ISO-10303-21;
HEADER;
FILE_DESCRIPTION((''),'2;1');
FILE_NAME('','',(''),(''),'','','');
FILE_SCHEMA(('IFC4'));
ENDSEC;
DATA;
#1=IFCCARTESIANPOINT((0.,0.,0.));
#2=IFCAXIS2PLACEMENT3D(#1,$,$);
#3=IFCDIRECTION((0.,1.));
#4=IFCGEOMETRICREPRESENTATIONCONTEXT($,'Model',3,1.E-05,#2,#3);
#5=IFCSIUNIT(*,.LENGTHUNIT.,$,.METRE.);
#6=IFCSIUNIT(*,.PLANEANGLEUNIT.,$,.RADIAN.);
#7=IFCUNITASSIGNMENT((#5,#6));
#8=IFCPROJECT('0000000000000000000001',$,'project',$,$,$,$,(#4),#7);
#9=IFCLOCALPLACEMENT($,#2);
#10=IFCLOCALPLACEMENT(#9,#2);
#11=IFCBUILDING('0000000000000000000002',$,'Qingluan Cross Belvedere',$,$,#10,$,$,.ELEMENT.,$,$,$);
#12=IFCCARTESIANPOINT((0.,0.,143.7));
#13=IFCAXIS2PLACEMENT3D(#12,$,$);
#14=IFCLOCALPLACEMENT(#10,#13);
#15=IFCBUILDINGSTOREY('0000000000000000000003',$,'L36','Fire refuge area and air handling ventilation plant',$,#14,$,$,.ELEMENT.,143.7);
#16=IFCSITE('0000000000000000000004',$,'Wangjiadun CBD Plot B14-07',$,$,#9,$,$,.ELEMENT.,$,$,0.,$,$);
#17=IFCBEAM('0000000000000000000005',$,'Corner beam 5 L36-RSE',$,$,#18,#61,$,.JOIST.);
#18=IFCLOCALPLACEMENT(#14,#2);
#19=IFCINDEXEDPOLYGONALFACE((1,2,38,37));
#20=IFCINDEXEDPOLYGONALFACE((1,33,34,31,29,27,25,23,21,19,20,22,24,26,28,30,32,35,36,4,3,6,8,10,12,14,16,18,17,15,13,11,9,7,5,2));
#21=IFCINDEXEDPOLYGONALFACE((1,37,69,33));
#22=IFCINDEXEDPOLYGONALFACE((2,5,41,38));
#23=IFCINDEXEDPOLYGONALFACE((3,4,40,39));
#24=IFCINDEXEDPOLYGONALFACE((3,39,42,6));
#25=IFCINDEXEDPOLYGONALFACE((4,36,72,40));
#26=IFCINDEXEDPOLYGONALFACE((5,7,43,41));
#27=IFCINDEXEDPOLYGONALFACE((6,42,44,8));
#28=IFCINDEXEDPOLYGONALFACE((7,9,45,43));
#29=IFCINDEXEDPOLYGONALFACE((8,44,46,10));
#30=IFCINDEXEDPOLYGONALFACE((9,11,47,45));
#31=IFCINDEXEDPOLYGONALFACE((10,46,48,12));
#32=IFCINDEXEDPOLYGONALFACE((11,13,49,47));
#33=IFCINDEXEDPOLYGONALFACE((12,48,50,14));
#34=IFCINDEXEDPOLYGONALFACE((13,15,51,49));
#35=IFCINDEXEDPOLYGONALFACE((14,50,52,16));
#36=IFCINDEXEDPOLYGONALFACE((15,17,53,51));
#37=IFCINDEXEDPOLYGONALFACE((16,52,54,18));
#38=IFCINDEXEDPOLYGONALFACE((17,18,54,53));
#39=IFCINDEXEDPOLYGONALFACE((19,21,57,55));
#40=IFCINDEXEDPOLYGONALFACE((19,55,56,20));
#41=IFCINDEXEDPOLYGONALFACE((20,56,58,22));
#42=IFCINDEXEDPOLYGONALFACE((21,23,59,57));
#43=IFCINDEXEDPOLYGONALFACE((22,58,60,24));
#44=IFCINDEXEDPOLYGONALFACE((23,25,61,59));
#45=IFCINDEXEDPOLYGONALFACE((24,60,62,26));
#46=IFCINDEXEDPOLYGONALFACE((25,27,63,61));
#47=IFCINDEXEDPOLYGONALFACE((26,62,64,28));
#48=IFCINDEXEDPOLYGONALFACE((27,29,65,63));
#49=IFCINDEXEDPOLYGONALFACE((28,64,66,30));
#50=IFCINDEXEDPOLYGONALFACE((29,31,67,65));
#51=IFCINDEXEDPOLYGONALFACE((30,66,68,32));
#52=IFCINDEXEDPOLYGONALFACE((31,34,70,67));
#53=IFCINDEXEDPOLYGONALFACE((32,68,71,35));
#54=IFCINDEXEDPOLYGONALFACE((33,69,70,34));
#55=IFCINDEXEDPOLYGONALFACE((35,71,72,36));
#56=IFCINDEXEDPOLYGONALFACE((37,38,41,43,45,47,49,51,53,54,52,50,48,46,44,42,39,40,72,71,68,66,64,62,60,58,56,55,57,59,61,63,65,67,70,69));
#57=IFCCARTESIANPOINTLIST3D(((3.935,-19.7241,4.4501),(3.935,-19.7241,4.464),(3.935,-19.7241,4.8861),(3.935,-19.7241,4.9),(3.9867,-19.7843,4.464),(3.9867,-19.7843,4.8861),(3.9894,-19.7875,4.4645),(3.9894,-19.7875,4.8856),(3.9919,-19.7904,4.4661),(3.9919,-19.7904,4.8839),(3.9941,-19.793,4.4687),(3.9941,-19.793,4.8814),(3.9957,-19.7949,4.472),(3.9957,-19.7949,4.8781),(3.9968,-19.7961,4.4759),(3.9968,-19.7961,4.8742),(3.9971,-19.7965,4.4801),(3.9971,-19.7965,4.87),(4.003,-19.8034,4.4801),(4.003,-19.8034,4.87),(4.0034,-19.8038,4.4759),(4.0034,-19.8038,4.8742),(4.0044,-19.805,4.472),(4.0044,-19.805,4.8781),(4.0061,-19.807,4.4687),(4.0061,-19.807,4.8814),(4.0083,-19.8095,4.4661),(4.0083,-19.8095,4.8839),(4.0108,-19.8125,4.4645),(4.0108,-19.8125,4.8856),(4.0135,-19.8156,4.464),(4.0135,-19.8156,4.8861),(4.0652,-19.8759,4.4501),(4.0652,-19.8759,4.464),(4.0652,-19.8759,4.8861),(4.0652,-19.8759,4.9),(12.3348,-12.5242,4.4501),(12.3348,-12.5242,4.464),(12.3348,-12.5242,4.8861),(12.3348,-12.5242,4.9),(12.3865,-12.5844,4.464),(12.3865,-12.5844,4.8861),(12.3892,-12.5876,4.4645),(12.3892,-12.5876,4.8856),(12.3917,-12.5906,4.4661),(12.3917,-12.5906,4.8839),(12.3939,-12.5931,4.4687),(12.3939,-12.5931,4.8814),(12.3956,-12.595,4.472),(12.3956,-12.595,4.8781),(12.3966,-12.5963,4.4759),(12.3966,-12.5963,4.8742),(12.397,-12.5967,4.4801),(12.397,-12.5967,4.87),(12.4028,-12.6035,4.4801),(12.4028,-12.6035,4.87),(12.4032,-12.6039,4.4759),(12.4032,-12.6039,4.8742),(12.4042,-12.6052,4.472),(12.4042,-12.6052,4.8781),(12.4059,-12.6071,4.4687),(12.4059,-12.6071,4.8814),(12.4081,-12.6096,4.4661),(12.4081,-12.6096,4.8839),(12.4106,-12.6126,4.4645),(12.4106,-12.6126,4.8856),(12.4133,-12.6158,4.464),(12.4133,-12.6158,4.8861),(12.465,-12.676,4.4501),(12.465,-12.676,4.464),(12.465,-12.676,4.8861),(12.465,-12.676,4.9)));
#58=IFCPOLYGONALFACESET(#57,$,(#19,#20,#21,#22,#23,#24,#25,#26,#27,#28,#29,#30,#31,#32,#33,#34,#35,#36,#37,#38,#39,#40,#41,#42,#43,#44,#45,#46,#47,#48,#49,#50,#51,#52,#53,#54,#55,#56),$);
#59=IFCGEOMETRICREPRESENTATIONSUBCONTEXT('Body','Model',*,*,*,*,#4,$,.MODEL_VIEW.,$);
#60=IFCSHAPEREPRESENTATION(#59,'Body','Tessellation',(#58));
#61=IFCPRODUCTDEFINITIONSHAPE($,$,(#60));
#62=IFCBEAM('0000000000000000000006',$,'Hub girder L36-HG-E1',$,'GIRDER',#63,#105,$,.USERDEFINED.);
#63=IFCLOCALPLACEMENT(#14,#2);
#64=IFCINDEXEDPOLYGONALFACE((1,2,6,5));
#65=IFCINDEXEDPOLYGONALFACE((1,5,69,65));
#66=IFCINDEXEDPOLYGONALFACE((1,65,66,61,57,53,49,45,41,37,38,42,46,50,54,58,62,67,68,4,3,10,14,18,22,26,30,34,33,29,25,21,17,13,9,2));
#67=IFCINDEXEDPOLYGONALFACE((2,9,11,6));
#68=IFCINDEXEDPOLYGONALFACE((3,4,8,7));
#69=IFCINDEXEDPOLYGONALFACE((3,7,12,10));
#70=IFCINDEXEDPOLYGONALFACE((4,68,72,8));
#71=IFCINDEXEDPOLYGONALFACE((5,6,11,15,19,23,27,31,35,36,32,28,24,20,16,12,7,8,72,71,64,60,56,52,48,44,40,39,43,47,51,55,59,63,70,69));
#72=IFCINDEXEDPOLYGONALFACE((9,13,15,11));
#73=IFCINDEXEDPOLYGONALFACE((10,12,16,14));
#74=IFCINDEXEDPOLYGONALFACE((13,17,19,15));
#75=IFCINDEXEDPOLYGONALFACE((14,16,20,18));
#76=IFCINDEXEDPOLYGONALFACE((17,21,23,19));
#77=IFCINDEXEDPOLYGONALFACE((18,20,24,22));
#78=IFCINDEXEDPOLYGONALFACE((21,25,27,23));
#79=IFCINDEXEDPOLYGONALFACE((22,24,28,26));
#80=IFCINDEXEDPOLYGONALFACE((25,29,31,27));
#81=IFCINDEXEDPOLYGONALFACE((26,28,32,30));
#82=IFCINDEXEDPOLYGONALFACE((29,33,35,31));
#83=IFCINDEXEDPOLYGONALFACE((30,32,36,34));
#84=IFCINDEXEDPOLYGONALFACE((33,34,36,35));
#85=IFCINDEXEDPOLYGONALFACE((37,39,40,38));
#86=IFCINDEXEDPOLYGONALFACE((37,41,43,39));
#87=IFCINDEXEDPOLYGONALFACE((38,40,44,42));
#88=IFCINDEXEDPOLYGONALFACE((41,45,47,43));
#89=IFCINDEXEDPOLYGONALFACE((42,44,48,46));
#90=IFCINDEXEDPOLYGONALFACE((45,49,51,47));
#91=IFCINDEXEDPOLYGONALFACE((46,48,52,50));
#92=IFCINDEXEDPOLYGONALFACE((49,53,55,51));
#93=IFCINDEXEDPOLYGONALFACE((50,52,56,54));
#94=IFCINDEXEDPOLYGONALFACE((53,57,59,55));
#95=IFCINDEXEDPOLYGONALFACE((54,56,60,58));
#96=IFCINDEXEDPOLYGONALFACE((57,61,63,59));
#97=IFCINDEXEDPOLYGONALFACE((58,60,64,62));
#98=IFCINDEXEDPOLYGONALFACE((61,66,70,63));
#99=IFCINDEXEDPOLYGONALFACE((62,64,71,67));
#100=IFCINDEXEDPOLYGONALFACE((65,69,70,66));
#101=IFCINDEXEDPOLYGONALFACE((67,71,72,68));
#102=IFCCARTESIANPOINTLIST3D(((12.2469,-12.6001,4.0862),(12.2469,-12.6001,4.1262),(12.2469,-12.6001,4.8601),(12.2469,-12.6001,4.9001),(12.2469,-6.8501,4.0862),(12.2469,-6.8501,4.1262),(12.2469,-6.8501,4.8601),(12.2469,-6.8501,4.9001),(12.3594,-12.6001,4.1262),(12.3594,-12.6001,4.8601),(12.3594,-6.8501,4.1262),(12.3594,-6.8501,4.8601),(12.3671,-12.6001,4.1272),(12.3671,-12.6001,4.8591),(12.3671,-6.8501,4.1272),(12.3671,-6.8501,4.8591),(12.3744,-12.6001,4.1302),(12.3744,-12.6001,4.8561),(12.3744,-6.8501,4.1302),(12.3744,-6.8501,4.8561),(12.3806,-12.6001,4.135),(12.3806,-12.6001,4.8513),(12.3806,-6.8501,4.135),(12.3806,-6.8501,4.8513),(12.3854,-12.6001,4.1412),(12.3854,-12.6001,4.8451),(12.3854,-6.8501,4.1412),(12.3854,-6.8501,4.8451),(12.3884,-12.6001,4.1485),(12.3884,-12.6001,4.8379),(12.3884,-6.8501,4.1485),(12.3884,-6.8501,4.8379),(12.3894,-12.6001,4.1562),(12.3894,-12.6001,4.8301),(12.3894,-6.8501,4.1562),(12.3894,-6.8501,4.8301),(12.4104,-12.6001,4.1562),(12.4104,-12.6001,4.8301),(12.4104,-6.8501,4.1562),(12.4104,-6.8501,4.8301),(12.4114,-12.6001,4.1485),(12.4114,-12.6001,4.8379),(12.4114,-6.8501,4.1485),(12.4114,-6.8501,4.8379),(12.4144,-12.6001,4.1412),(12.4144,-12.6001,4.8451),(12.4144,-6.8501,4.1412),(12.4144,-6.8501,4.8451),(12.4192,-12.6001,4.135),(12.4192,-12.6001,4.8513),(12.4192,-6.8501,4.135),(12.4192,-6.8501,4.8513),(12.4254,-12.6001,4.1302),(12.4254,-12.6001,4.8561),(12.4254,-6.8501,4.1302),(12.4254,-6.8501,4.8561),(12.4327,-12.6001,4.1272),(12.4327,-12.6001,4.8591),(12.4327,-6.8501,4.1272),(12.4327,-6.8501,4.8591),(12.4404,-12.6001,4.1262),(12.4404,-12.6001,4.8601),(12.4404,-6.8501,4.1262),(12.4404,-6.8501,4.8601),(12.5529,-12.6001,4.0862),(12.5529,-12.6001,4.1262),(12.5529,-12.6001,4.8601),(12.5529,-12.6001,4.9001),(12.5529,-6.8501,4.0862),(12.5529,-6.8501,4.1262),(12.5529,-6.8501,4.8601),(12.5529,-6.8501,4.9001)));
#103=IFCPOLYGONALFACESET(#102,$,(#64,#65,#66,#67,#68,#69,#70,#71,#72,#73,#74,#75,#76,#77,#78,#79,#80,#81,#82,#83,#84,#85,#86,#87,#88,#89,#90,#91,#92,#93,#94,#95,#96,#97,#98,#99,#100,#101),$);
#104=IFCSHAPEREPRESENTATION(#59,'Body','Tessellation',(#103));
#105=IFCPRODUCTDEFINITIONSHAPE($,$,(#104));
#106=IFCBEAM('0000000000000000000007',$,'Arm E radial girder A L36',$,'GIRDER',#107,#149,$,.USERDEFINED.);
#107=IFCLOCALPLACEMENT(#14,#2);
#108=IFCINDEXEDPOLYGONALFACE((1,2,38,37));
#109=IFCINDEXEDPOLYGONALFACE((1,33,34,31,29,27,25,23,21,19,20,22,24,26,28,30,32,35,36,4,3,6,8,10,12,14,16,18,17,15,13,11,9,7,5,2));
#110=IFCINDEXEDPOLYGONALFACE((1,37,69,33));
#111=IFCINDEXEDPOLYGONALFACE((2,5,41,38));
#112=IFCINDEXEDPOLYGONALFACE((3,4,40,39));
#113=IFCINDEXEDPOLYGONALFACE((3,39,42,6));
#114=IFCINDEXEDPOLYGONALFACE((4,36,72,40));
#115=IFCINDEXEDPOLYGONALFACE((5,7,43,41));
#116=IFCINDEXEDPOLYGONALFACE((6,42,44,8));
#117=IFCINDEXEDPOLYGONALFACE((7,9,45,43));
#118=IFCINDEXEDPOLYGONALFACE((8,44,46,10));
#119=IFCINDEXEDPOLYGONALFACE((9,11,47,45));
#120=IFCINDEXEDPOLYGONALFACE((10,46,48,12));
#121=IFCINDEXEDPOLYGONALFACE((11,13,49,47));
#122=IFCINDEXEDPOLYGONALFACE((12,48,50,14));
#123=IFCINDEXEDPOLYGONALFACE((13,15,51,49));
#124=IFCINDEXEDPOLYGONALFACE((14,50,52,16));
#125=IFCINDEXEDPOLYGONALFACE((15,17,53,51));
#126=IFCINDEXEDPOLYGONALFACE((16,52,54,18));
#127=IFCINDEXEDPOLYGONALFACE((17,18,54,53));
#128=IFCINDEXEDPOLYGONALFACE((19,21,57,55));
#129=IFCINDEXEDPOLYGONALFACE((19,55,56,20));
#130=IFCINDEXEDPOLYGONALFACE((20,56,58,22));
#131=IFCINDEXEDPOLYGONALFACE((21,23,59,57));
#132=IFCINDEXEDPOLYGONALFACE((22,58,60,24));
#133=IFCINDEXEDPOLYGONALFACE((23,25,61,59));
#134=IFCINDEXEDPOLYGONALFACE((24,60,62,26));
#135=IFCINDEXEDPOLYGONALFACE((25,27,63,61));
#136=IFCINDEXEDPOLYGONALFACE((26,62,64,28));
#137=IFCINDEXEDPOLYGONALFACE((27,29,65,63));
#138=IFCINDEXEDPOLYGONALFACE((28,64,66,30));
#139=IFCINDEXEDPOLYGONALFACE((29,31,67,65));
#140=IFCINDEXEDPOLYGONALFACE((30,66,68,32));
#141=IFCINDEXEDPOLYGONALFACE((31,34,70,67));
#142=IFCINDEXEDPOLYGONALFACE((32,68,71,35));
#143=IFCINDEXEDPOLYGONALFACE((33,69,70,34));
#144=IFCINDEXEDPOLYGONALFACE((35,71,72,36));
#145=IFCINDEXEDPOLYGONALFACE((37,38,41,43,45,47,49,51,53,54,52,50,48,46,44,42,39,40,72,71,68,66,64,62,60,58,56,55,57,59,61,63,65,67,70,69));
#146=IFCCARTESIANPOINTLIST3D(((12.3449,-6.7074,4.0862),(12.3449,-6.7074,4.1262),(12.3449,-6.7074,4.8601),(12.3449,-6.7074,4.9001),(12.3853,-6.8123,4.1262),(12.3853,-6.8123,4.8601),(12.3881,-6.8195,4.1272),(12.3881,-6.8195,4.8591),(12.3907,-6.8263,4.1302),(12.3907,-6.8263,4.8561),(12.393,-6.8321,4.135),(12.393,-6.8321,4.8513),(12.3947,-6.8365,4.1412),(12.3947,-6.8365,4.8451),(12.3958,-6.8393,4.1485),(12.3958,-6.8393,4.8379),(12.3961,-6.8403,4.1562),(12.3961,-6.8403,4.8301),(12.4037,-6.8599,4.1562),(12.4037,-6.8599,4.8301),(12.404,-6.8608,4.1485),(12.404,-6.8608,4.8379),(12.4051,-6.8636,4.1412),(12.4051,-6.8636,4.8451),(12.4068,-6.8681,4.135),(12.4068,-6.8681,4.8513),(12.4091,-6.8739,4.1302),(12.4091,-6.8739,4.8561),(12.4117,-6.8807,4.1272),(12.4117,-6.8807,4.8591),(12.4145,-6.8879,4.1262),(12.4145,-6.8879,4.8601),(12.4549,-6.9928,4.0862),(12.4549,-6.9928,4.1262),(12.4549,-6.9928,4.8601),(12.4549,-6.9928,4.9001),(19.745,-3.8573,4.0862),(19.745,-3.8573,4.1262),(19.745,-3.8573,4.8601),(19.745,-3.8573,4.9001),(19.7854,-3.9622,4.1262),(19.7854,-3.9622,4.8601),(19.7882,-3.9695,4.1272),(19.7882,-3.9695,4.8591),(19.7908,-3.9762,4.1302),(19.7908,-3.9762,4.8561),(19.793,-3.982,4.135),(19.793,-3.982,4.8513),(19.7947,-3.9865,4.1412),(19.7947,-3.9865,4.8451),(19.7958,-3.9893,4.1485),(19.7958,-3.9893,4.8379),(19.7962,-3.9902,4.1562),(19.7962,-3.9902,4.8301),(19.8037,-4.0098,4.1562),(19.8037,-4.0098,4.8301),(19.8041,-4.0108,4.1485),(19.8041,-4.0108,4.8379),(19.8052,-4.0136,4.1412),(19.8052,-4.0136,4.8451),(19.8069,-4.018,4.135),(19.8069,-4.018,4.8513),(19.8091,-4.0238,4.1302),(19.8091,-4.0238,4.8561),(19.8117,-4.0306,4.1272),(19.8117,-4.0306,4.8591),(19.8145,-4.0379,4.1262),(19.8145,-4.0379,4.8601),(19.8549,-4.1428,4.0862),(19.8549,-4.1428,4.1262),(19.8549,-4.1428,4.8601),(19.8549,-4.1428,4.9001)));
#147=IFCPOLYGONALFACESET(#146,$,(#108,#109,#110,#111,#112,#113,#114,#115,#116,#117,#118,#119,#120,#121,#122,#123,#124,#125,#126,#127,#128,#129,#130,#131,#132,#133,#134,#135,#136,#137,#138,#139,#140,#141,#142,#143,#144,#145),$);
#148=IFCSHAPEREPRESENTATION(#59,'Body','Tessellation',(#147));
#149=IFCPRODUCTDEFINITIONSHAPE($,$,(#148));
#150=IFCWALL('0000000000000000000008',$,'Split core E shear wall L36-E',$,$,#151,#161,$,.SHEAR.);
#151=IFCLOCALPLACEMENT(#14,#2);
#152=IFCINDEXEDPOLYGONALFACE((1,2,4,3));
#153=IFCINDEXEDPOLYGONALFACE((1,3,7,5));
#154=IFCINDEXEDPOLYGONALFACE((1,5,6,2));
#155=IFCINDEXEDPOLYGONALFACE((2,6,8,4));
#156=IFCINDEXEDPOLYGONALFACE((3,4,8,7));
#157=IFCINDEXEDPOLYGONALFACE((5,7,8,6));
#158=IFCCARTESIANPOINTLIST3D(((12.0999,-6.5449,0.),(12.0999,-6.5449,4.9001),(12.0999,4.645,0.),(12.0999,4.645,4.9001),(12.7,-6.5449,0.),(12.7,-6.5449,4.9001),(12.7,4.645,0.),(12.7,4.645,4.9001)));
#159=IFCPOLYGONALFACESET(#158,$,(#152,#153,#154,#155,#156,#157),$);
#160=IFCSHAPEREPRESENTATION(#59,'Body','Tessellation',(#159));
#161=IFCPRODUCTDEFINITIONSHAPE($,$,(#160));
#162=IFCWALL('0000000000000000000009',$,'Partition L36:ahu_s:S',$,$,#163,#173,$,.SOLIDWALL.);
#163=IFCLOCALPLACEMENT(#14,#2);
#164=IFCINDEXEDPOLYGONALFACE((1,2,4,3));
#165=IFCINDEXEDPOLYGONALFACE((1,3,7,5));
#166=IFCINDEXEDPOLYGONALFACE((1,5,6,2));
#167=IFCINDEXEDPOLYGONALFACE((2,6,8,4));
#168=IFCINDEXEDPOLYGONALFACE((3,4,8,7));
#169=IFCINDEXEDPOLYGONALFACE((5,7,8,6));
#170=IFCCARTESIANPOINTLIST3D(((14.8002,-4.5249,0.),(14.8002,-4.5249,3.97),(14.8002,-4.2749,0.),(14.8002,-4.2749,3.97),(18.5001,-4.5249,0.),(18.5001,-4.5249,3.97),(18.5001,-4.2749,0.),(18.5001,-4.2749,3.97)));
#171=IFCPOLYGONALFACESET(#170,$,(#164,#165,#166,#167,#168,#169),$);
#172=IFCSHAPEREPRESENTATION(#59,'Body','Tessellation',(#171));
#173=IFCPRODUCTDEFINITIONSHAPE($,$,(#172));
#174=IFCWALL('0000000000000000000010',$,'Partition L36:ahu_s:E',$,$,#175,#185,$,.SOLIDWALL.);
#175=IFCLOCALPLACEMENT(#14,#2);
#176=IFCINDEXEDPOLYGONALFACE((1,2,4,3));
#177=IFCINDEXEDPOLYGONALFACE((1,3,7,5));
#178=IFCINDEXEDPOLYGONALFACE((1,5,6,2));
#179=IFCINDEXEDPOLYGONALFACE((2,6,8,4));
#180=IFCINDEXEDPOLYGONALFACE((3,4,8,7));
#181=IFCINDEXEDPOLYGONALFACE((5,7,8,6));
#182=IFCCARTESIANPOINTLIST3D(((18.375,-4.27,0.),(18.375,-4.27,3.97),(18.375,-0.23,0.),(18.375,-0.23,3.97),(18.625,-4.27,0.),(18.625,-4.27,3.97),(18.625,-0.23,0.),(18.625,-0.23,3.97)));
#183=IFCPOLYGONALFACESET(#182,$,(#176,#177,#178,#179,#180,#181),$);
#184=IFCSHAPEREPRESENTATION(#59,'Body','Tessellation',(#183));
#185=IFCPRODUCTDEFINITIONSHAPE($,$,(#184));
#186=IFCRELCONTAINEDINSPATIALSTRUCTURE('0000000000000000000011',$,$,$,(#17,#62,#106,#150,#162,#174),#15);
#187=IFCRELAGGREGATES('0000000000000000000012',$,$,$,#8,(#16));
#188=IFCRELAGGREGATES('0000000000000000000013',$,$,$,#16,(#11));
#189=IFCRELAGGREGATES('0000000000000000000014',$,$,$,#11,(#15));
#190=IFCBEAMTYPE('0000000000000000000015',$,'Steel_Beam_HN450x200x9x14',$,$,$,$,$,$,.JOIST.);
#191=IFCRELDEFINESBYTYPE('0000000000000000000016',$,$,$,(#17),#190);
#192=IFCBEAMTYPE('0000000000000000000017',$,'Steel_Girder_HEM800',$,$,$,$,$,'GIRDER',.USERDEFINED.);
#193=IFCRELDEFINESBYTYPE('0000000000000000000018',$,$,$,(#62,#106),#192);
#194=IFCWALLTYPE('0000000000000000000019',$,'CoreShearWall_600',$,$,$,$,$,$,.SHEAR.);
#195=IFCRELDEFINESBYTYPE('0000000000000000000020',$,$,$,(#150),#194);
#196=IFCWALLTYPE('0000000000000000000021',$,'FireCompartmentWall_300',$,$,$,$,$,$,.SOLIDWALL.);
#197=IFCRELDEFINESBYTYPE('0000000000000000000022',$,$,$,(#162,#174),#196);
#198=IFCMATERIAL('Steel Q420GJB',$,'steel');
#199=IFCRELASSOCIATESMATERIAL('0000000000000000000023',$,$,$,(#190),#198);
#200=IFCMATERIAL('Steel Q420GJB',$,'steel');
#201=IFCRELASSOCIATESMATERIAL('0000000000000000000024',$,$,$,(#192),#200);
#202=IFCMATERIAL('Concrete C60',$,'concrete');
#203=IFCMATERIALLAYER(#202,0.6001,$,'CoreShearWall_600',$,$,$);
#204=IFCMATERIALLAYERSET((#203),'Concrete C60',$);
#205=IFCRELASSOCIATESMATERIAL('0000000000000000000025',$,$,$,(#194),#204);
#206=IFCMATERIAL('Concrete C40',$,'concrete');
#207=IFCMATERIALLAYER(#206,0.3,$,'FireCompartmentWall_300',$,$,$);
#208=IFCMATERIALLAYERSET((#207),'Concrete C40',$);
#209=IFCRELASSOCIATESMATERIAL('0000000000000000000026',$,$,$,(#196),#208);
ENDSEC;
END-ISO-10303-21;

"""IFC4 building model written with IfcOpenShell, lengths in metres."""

from ifc_helpers import new_model, si_unit, direction, frame, frame_2d, origin, origin_2d, place, context, subcontext, project, spatial, rectangle, i_section, extrude, material, layer, layer_set, material_profile, profile_set, type_object, element, save


model = new_model("IFC4")

# Units and contexts
model_context = context("Model", 3, precision=1e-05, world=origin(), true_north=direction((0.0, 1.0)))
body_context = subcontext(model_context, "Body", "Model", "MODEL_VIEW")
ifc_project = project(units=[si_unit("LENGTHUNIT", "METRE"), si_unit("PLANEANGLEUNIT", "RADIAN")], contexts=[model_context])

# Site, building, storey
site_placement = place(None, origin())
site = spatial("IfcSite", under=ifc_project, at=site_placement, Name="Wangjiadun CBD Plot B14-07", CompositionType="ELEMENT", RefElevation=0.0)
building_placement = place(site_placement, origin())
building = spatial("IfcBuilding", under=site, at=building_placement, Name="Qingluan Cross Belvedere", CompositionType="ELEMENT")
storey_placement = place(building_placement, frame((0.0, 0.0, 143.7)))
storey = spatial("IfcBuildingStorey", under=building, at=storey_placement, Name="L36", Description="Fire refuge area and air handling ventilation plant", CompositionType="ELEMENT", Elevation=143.7)

# Beams
ifc_material_1 = material(Name="Steel Q420GJB", Category="steel")
ifc_material_profile_1 = material_profile(ifc_material_1, i_section(OverallWidth=0.2, OverallDepth=0.45, WebThickness=0.009, FlangeThickness=0.0139, FilletRadius=0.0161, at=origin_2d()), Name="HN450x200x9x14")
ifc_profile_set_1 = profile_set([ifc_material_profile_1], Name="Steel Q420GJB")
beam_type_1 = type_object("IfcBeamType", Name="Steel_Beam_HN450x200x9x14", PredefinedType="JOIST", material=ifc_profile_set_1)
beam_1_placement = place(storey_placement, frame((12.3999, -12.6001, 4.675), z_axis=(-0.759255, -0.650793, 0.0), x_axis=(0.650793, -0.759255, 0.0)))
element("IfcBeam", 1, at=beam_1_placement, inside=storey, type_object=beam_type_1, Name="Corner beam 5 L36-RSE", PredefinedType="JOIST", context=body_context, shape_type="SweptSolid", body=[
    extrude(i_section(OverallWidth=0.2, OverallDepth=0.45, WebThickness=0.009, FlangeThickness=0.0139, FilletRadius=0.0161, at=origin_2d()), origin(), (0.0, 0.0, 1.0), 11.0632),
])
ifc_material_2 = material(Name="Steel Q420GJB", Category="steel")
ifc_material_profile_2 = material_profile(ifc_material_2, i_section(OverallWidth=0.3059, OverallDepth=0.814, WebThickness=0.021, FlangeThickness=0.04, FilletRadius=0.03, at=origin_2d()), Name="HEM800")
ifc_profile_set_2 = profile_set([ifc_material_profile_2], Name="Steel Q420GJB")
beam_type_2 = type_object("IfcBeamType", Name="Steel_Girder_HEM800", ElementType="GIRDER", PredefinedType="USERDEFINED", material=ifc_profile_set_2)
beam_2_placement = place(storey_placement, frame((12.3999, -12.6001, 4.4932), z_axis=(0.0, 1.0, 0.0), x_axis=(-1.0, 0.0, 0.0)))
element("IfcBeam", 2, at=beam_2_placement, inside=storey, type_object=beam_type_2, Name="Hub girder L36-HG-E1", ObjectType="GIRDER", PredefinedType="USERDEFINED", context=body_context, shape_type="SweptSolid", body=[
    extrude(i_section(OverallWidth=0.3059, OverallDepth=0.814, WebThickness=0.021, FlangeThickness=0.04, FilletRadius=0.03, at=origin_2d()), origin(), (0.0, 0.0, 1.0), 5.75),
])
beam_3_placement = place(storey_placement, frame((12.3999, -6.8501, 4.4932), z_axis=(0.933181, 0.359406, 0.0), x_axis=(-0.359406, 0.933181, 0.0)))
element("IfcBeam", 3, at=beam_3_placement, inside=storey, type_object=beam_type_2, Name="Arm E radial girder A L36", ObjectType="GIRDER", PredefinedType="USERDEFINED", context=body_context, shape_type="SweptSolid", body=[
    extrude(i_section(OverallWidth=0.3059, OverallDepth=0.814, WebThickness=0.021, FlangeThickness=0.04, FilletRadius=0.03, at=origin_2d()), origin(), (0.0, 0.0, 1.0), 7.9299),
])

# Walls
ifc_material_3 = material(Name="Concrete C60", Category="concrete")
ifc_layer_1 = layer(ifc_material_3, 0.6001, Name="CoreShearWall_600")
ifc_layer_set_1 = layer_set([ifc_layer_1], Name="Concrete C60")
wall_type_1 = type_object("IfcWallType", Name="CoreShearWall_600", PredefinedType="SHEAR", material=ifc_layer_set_1)
wall_1_placement = place(storey_placement, frame((12.3999, -6.5449, 0.0), z_axis=(0.0, 0.0, 1.0), x_axis=(0.0, 1.0, 0.0)))
element("IfcWall", 4, at=wall_1_placement, inside=storey, type_object=wall_type_1, Name="Split core E shear wall L36-E", PredefinedType="SHEAR", context=body_context, shape_type="SweptSolid", body=[
    extrude(rectangle(XDim=11.1899, YDim=0.6001, at=frame_2d((5.595, 0.0))), origin(), (0.0, 0.0, 1.0), 4.9001),
])
ifc_material_4 = material(Name="Concrete C40", Category="concrete")
ifc_layer_2 = layer(ifc_material_4, 0.3, Name="FireCompartmentWall_300")
ifc_layer_set_2 = layer_set([ifc_layer_2], Name="Concrete C40")
wall_type_2 = type_object("IfcWallType", Name="FireCompartmentWall_300", PredefinedType="SOLIDWALL", material=ifc_layer_set_2)
wall_2_placement = place(storey_placement, frame((14.8, -4.3999, 0.0), z_axis=(0.0, 0.0, 1.0), x_axis=(1.0, 0.0, 0.0)))
element("IfcWall", 5, at=wall_2_placement, inside=storey, type_object=wall_type_2, Name="Partition L36:ahu_s:S", PredefinedType="SOLIDWALL", context=body_context, shape_type="SweptSolid", body=[
    extrude(rectangle(XDim=3.7, YDim=0.25, at=frame_2d((1.8501, 0.0))), origin(), (0.0, 0.0, 1.0), 3.97),
])

# Wall
wall_3_placement = place(storey_placement, frame((18.5, -4.27, 0.0), z_axis=(0.0, 0.0, 1.0), x_axis=(0.0, 1.0, 0.0)))
element("IfcWall", 6, at=wall_3_placement, inside=storey, type_object=wall_type_2, Name="Partition L36:ahu_s:E", PredefinedType="SOLIDWALL", context=body_context, shape_type="SweptSolid", body=[
    extrude(rectangle(XDim=4.04, YDim=0.25, at=frame_2d((2.02, 0.0))), origin(), (0.0, 0.0, 1.0), 3.97),
])

save(model, "model.ifc")
